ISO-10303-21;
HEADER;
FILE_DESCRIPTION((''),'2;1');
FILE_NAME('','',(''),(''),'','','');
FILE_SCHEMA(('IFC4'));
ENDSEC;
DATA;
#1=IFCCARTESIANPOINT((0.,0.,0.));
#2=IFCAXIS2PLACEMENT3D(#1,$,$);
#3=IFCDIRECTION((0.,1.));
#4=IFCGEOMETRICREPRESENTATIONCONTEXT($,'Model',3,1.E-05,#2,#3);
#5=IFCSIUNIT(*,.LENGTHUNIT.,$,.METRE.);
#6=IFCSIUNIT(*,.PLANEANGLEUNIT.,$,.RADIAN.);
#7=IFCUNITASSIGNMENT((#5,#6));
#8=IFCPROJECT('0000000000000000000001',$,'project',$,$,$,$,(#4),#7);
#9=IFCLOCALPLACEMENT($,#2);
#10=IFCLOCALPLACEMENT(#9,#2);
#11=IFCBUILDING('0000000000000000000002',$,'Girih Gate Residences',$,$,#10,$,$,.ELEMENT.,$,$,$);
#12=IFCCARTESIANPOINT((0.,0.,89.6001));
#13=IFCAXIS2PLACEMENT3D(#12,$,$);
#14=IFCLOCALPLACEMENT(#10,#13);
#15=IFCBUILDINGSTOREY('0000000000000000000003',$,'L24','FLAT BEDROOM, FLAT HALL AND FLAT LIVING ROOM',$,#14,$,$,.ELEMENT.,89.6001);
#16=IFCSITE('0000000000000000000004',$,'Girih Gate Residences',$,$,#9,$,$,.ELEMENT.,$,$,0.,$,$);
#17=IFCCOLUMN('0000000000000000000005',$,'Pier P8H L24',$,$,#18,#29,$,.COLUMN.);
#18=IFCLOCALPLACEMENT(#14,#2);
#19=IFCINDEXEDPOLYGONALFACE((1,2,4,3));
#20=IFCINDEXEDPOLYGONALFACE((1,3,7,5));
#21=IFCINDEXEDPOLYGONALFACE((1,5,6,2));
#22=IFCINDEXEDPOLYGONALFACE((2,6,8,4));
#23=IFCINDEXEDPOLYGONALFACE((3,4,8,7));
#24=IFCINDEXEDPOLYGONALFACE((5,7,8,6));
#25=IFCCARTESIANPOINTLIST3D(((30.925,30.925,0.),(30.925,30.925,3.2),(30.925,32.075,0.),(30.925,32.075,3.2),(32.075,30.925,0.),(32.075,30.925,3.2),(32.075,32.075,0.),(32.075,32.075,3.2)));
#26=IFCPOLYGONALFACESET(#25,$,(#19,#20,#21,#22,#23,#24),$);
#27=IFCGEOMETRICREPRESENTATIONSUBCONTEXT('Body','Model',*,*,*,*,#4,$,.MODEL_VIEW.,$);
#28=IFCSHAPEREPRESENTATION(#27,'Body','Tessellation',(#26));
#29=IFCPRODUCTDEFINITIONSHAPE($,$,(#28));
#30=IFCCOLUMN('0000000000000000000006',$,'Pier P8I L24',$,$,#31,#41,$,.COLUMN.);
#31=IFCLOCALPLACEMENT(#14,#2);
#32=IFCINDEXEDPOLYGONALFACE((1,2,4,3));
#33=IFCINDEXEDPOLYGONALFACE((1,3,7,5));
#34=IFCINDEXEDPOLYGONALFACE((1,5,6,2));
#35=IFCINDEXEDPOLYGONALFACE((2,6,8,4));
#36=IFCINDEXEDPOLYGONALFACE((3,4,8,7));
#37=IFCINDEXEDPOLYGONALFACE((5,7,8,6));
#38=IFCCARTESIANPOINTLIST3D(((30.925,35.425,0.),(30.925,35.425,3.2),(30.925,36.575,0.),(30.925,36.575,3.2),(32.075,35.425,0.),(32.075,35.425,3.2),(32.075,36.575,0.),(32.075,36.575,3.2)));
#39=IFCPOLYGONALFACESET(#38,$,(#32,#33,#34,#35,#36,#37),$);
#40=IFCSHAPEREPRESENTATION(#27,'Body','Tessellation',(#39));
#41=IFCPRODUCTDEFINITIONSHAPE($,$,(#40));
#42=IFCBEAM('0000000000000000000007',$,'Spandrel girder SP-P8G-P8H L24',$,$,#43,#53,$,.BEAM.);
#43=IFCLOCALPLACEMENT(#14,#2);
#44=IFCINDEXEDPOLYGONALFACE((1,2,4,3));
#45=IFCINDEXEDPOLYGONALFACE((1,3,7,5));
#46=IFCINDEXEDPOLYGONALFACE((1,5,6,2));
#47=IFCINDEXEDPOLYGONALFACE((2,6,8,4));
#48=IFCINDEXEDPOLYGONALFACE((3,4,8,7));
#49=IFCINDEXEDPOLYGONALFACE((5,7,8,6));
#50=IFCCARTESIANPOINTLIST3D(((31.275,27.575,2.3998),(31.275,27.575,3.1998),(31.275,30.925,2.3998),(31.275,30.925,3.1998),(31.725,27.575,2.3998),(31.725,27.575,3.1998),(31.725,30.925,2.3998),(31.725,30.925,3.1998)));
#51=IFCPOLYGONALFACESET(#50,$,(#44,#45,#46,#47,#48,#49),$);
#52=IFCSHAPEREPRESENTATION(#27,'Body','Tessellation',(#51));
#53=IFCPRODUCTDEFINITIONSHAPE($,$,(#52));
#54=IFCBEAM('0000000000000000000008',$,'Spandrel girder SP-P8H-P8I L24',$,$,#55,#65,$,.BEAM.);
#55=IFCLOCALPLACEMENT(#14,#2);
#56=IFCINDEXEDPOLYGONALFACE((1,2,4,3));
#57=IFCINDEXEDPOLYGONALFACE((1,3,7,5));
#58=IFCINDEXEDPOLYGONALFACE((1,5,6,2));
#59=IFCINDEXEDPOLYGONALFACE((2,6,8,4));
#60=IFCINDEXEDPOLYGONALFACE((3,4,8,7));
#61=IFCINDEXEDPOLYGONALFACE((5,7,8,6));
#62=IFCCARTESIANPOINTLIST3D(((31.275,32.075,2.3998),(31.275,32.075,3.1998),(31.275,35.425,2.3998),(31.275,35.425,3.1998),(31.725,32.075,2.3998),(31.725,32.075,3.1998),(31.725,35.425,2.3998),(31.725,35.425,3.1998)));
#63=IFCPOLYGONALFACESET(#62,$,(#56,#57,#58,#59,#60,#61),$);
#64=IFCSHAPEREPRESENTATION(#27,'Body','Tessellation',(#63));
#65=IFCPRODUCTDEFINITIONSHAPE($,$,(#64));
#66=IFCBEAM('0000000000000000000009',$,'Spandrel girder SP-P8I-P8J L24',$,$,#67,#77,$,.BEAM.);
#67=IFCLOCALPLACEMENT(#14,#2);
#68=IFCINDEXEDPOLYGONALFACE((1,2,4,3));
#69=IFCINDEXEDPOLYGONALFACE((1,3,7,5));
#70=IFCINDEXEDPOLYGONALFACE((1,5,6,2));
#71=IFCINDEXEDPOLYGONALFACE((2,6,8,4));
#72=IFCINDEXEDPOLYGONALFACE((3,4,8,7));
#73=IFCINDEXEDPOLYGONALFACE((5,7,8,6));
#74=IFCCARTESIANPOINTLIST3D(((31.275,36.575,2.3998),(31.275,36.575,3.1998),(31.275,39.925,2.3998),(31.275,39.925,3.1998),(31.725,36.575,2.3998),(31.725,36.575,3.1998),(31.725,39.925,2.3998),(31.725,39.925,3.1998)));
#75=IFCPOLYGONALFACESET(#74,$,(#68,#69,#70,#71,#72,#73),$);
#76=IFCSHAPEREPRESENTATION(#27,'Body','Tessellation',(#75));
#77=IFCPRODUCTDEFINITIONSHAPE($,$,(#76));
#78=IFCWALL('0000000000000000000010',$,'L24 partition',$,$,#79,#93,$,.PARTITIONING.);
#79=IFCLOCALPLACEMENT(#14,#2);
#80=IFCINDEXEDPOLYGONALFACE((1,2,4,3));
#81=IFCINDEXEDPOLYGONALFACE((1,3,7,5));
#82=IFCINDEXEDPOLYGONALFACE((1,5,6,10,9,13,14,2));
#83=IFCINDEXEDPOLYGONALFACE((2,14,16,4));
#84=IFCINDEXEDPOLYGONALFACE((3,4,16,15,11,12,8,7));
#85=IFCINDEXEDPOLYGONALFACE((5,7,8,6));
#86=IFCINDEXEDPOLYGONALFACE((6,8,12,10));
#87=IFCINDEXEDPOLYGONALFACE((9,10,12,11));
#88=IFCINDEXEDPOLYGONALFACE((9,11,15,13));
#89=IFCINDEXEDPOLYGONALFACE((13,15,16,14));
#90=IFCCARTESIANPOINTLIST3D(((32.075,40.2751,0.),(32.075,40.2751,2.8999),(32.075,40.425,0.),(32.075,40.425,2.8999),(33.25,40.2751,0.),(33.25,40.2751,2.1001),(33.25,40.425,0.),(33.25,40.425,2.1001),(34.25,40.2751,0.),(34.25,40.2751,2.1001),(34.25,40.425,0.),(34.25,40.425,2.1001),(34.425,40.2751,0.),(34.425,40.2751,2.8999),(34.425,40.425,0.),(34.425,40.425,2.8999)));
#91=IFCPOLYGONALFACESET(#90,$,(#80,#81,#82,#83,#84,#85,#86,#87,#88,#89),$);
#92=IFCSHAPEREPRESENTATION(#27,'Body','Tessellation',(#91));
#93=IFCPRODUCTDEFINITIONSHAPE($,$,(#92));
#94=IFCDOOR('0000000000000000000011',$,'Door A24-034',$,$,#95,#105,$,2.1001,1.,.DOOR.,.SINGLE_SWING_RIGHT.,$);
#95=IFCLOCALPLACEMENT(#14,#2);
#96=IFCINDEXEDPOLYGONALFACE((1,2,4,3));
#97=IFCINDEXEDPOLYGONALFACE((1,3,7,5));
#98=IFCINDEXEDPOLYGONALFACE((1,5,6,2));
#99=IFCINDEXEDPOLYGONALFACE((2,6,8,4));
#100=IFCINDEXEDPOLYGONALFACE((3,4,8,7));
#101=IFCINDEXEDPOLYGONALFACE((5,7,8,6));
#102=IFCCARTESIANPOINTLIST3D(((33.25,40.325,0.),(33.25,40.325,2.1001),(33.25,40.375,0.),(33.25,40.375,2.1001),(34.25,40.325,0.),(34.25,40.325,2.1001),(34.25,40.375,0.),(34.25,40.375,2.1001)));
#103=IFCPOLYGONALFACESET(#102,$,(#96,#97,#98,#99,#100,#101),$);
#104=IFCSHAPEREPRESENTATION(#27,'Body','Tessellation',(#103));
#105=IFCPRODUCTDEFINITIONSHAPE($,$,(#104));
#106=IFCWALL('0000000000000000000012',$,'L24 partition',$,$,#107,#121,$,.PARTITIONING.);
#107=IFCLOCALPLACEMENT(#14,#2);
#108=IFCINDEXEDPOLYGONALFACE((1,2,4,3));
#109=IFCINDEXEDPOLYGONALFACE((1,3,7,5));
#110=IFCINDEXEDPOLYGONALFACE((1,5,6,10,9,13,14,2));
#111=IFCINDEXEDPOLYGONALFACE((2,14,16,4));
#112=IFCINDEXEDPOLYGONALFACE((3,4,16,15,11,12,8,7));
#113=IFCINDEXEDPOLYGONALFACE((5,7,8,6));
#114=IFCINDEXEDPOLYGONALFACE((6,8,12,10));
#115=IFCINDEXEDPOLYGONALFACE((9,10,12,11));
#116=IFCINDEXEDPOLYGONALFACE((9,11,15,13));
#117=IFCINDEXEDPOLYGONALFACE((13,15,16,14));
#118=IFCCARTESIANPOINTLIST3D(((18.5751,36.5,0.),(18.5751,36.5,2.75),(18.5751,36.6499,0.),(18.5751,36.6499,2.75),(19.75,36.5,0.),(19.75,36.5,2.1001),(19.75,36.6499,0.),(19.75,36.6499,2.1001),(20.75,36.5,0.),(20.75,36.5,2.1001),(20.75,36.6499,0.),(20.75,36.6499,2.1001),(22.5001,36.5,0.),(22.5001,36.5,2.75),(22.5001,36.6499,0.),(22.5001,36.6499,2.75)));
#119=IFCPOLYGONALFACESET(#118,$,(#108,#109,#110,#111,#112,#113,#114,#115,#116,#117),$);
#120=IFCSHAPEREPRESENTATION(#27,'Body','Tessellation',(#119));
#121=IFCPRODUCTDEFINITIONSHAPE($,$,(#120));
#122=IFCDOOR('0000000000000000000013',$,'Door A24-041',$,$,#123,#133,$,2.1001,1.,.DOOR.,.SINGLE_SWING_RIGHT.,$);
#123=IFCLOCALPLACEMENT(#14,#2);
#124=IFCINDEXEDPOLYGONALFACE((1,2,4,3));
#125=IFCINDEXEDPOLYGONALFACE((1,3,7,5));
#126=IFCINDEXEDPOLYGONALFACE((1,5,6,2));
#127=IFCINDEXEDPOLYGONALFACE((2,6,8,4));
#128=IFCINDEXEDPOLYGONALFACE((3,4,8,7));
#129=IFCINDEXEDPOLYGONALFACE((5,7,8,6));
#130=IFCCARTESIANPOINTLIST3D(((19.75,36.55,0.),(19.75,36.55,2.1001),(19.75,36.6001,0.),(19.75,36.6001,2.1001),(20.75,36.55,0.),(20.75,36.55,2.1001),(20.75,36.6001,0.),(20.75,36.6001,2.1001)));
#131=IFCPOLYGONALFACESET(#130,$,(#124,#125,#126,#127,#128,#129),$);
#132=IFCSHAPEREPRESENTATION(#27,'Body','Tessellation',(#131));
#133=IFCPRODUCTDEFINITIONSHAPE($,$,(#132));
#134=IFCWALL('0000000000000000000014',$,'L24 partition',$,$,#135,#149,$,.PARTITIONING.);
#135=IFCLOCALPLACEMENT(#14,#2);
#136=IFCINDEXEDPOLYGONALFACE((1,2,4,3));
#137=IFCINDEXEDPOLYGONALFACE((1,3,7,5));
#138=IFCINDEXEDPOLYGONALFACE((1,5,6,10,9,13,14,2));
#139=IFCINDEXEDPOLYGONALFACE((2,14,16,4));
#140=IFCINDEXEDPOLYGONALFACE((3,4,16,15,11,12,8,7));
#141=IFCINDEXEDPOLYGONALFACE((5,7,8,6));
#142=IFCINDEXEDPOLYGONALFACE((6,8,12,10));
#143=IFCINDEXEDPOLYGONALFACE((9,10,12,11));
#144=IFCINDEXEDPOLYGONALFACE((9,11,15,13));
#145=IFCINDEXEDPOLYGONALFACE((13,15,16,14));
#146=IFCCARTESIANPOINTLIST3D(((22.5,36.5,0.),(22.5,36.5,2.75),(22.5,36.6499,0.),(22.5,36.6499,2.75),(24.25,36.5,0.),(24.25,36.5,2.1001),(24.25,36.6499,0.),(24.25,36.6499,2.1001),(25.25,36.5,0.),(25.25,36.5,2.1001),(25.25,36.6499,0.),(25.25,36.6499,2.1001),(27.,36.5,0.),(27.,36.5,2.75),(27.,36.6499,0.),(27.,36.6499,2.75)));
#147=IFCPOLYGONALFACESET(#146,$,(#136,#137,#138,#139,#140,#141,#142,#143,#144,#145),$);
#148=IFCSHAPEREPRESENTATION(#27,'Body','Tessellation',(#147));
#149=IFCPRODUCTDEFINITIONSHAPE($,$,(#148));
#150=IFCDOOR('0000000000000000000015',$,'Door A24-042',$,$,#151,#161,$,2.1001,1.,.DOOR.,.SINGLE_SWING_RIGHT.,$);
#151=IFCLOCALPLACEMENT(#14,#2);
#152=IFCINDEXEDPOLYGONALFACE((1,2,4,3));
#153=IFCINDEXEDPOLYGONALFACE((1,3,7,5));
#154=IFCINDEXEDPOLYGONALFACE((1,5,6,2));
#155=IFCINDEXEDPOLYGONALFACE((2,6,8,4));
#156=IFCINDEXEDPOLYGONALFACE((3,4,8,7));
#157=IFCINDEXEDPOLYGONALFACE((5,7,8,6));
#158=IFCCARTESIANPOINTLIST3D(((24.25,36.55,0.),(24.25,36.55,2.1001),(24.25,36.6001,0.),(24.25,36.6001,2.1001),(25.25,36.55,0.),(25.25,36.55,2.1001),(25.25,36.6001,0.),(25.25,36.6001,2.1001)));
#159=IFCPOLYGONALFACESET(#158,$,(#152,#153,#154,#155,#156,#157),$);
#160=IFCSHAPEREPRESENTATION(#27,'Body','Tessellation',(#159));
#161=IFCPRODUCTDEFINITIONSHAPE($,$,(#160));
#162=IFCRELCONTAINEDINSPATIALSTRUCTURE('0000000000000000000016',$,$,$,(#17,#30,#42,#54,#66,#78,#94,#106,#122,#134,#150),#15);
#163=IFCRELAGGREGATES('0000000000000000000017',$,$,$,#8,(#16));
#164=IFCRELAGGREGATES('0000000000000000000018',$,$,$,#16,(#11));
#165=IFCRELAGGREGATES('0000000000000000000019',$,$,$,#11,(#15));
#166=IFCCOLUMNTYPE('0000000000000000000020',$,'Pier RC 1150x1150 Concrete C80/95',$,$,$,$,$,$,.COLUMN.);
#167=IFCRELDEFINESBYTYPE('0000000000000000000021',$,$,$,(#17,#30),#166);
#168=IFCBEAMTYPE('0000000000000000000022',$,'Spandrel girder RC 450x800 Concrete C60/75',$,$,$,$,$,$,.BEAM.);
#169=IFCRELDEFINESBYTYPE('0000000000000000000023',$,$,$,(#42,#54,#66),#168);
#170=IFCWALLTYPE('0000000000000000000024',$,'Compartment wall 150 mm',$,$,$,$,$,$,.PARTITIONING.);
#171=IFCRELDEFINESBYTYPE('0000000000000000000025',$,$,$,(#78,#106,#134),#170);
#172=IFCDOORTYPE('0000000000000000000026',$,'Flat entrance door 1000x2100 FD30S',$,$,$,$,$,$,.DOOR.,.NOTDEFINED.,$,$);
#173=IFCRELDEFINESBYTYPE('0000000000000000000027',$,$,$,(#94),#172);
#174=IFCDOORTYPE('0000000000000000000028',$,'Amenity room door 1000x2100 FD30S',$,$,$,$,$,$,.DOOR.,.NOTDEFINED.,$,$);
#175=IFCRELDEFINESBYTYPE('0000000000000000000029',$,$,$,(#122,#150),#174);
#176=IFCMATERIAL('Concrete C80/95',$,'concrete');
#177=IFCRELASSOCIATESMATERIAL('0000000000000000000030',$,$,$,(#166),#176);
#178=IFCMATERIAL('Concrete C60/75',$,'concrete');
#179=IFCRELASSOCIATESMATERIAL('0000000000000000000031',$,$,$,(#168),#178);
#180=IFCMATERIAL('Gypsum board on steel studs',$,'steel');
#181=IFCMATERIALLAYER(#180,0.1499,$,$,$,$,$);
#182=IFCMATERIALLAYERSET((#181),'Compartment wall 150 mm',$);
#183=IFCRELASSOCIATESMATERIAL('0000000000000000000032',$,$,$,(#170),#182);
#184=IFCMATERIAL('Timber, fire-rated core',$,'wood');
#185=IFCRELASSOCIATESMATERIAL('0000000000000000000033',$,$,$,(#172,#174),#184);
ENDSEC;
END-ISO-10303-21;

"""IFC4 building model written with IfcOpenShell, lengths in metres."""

from ifc_helpers import new_model, si_unit, direction, frame, frame_2d, origin, origin_2d, place, context, subcontext, project, spatial, rectangle, extrude, material, layer, layer_set, material_profile, profile_set, type_object, element, fill, save


model = new_model("IFC4")

# Units and contexts
model_context = context("Model", 3, precision=1e-05, world=origin(), true_north=direction((0.0, 1.0)))
body_context = subcontext(model_context, "Body", "Model", "MODEL_VIEW")
ifc_project = project(units=[si_unit("LENGTHUNIT", "METRE"), si_unit("PLANEANGLEUNIT", "RADIAN")], contexts=[model_context])

# Site, building, storey
site_placement = place(None, origin())
site = spatial("IfcSite", under=ifc_project, at=site_placement, Name="Girih Gate Residences", CompositionType="ELEMENT", RefElevation=0.0)
building_placement = place(site_placement, origin())
building = spatial("IfcBuilding", under=site, at=building_placement, Name="Girih Gate Residences", CompositionType="ELEMENT")
storey_placement = place(building_placement, frame((0.0, 0.0, 89.6001)))
storey = spatial("IfcBuildingStorey", under=building, at=storey_placement, Name="L24", Description="FLAT BEDROOM, FLAT HALL AND FLAT LIVING ROOM", CompositionType="ELEMENT", Elevation=89.6001)

# Columns
ifc_material_1 = material(Name="Concrete C80/95", Category="concrete")
ifc_material_profile_1 = material_profile(ifc_material_1, rectangle(XDim=1.1499, YDim=1.1499, at=origin_2d()))
ifc_profile_set_1 = profile_set([ifc_material_profile_1], Name="Concrete C80/95")
column_type = type_object("IfcColumnType", Name="Pier RC 1150x1150 Concrete C80/95", PredefinedType="COLUMN", material=ifc_profile_set_1)
for number, where, z_axis, x_axis, name in (
    (1, (31.5, 31.5, 0.0), (0.0, 0.0, 1.0), (1.0, 0.0, 0.0), "Pier P8H L24"),
    (2, (31.5, 36.0, 0.0), (0.0, 0.0, 1.0), (1.0, 0.0, 0.0), "Pier P8I L24"),
):
    element("IfcColumn", number, at=place(storey_placement, frame(where, z_axis=z_axis, x_axis=x_axis)), inside=storey, type_object=column_type, Name=name, PredefinedType="COLUMN", context=body_context, shape_type="SweptSolid", body=[
        extrude(rectangle(XDim=1.1499, YDim=1.1499, at=origin_2d()), origin(), (0.0, 0.0, 1.0), 3.2),
    ])

# Beams
ifc_material_2 = material(Name="Concrete C60/75", Category="concrete")
ifc_material_profile_2 = material_profile(ifc_material_2, rectangle(XDim=0.45, YDim=0.8, at=origin_2d()))
ifc_profile_set_2 = profile_set([ifc_material_profile_2], Name="Concrete C60/75")
beam_type = type_object("IfcBeamType", Name="Spandrel girder RC 450x800 Concrete C60/75", PredefinedType="BEAM", material=ifc_profile_set_2)
for number, where, z_axis, x_axis, name in (
    (3, (31.5, 27.575, 2.7998), (0.0, 1.0, 0.0), (-1.0, 0.0, 0.0), "Spandrel girder SP-P8G-P8H L24"),
    (4, (31.5, 32.075, 2.7998), (0.0, 1.0, 0.0), (-1.0, 0.0, 0.0), "Spandrel girder SP-P8H-P8I L24"),
    (5, (31.5, 36.575, 2.7998), (0.0, 1.0, 0.0), (-1.0, 0.0, 0.0), "Spandrel girder SP-P8I-P8J L24"),
):
    element("IfcBeam", number, at=place(storey_placement, frame(where, z_axis=z_axis, x_axis=x_axis)), inside=storey, type_object=beam_type, Name=name, PredefinedType="BEAM", context=body_context, shape_type="SweptSolid", body=[
        extrude(rectangle(XDim=0.45, YDim=0.8, at=origin_2d()), origin(), (0.0, 0.0, 1.0), 3.3501),
    ])

# Walls, openings, doors
ifc_material_3 = material(Name="Gypsum board on steel studs", Category="steel")
ifc_layer = layer(ifc_material_3, 0.1499)
ifc_layer_set = layer_set([ifc_layer], Name="Compartment wall 150 mm")
wall_type = type_object("IfcWallType", Name="Compartment wall 150 mm", PredefinedType="PARTITIONING", material=ifc_layer_set)
wall_1_placement = place(storey_placement, frame((32.075, 40.3501, 0.0), z_axis=(0.0, 0.0, 1.0), x_axis=(1.0, 0.0, 0.0)))
wall_1 = element("IfcWall", 6, at=wall_1_placement, inside=storey, type_object=wall_type, Name="L24 partition", PredefinedType="PARTITIONING", context=body_context, shape_type="SweptSolid", body=[
    extrude(rectangle(XDim=2.3501, YDim=0.1499, at=frame_2d((1.175, 0.0))), origin(), (0.0, 0.0, 1.0), 2.8999),
])
opening_1_placement = place(wall_1_placement, frame((1.175, 0.0, 0.0)))
opening_1 = element("IfcOpeningElement", 7, at=opening_1_placement, cuts=wall_1, PredefinedType="OPENING", context=body_context, shape_type="SweptSolid", body=[
    extrude(rectangle(XDim=1.0, YDim=2.1001, at=frame_2d((0.5, 1.05))), frame((0.0, 0.085, 0.0), z_axis=(0.0, -1.0, 0.0), x_axis=(1.0, 0.0, 0.0)), (0.0, 0.0, 1.0), 0.1699),
])
ifc_material_4 = material(Name="Timber, fire-rated core", Category="wood")
door_type_1 = type_object("IfcDoorType", Name="Flat entrance door 1000x2100 FD30S", OperationType="NOTDEFINED", PredefinedType="DOOR", material=ifc_material_4)
door_1_placement = place(opening_1_placement, origin())
door_1 = element("IfcDoor", 8, at=door_1_placement, inside=storey, type_object=door_type_1, Name="Door A24-034", OperationType="SINGLE_SWING_RIGHT", OverallHeight=2.1001, OverallWidth=1.0, PredefinedType="DOOR", context=body_context, shape_type="SweptSolid", body=[
    extrude(rectangle(XDim=1.0, YDim=2.1001, at=frame_2d((0.5, 1.05))), frame((0.0, 0.0249, 0.0), z_axis=(0.0, -1.0, 0.0), x_axis=(1.0, 0.0, 0.0)), (0.0, 0.0, 1.0), 0.05),
])
fill(opening_1, door_1)
wall_2_placement = place(storey_placement, frame((22.5, 36.575, 0.0), z_axis=(0.0, 0.0, 1.0), x_axis=(-1.0, 0.0, 0.0)))
wall_2 = element("IfcWall", 9, at=wall_2_placement, inside=storey, type_object=wall_type, Name="L24 partition", PredefinedType="PARTITIONING", context=body_context, shape_type="SweptSolid", body=[
    extrude(rectangle(XDim=3.925, YDim=0.1499, at=frame_2d((1.9624, 0.0))), origin(), (0.0, 0.0, 1.0), 2.75),
])
opening_2_placement = place(wall_2_placement, frame((1.75, 0.0, 0.0)))
opening_2 = element("IfcOpeningElement", 10, at=opening_2_placement, cuts=wall_2, PredefinedType="OPENING", context=body_context, shape_type="SweptSolid", body=[
    extrude(rectangle(XDim=1.0, YDim=2.1001, at=frame_2d((0.5, 1.05))), frame((0.0, 0.085, 0.0), z_axis=(0.0, -1.0, 0.0), x_axis=(1.0, 0.0, 0.0)), (0.0, 0.0, 1.0), 0.1699),
])
door_type_2 = type_object("IfcDoorType", Name="Amenity room door 1000x2100 FD30S", OperationType="NOTDEFINED", PredefinedType="DOOR", material=ifc_material_4)
door_2_placement = place(opening_2_placement, origin())
door_2 = element("IfcDoor", 11, at=door_2_placement, inside=storey, type_object=door_type_2, Name="Door A24-041", OperationType="SINGLE_SWING_RIGHT", OverallHeight=2.1001, OverallWidth=1.0, PredefinedType="DOOR", context=body_context, shape_type="SweptSolid", body=[
    extrude(rectangle(XDim=1.0, YDim=2.1001, at=frame_2d((0.5, 1.05))), frame((0.0, 0.0249, 0.0), z_axis=(0.0, -1.0, 0.0), x_axis=(1.0, 0.0, 0.0)), (0.0, 0.0, 1.0), 0.05),
])
fill(opening_2, door_2)
wall_3_placement = place(storey_placement, frame((27.0, 36.575, 0.0), z_axis=(0.0, 0.0, 1.0), x_axis=(-1.0, 0.0, 0.0)))
wall_3 = element("IfcWall", 12, at=wall_3_placement, inside=storey, type_object=wall_type, Name="L24 partition", PredefinedType="PARTITIONING", context=body_context, shape_type="SweptSolid", body=[
    extrude(rectangle(XDim=4.5, YDim=0.1499, at=frame_2d((2.25, 0.0))), origin(), (0.0, 0.0, 1.0), 2.75),
])
opening_3_placement = place(wall_3_placement, frame((1.75, 0.0, 0.0)))
opening_3 = element("IfcOpeningElement", 13, at=opening_3_placement, cuts=wall_3, PredefinedType="OPENING", context=body_context, shape_type="SweptSolid", body=[
    extrude(rectangle(XDim=1.0, YDim=2.1001, at=frame_2d((0.5, 1.05))), frame((0.0, 0.085, 0.0), z_axis=(0.0, -1.0, 0.0), x_axis=(1.0, 0.0, 0.0)), (0.0, 0.0, 1.0), 0.1699),
])
door_3_placement = place(opening_3_placement, origin())
door_3 = element("IfcDoor", 14, at=door_3_placement, inside=storey, type_object=door_type_2, Name="Door A24-042", OperationType="SINGLE_SWING_RIGHT", OverallHeight=2.1001, OverallWidth=1.0, PredefinedType="DOOR", context=body_context, shape_type="SweptSolid", body=[
    extrude(rectangle(XDim=1.0, YDim=2.1001, at=frame_2d((0.5, 1.05))), frame((0.0, 0.0249, 0.0), z_axis=(0.0, -1.0, 0.0), x_axis=(1.0, 0.0, 0.0)), (0.0, 0.0, 1.0), 0.05),
])
fill(opening_3, door_3)

save(model, "model.ifc")
